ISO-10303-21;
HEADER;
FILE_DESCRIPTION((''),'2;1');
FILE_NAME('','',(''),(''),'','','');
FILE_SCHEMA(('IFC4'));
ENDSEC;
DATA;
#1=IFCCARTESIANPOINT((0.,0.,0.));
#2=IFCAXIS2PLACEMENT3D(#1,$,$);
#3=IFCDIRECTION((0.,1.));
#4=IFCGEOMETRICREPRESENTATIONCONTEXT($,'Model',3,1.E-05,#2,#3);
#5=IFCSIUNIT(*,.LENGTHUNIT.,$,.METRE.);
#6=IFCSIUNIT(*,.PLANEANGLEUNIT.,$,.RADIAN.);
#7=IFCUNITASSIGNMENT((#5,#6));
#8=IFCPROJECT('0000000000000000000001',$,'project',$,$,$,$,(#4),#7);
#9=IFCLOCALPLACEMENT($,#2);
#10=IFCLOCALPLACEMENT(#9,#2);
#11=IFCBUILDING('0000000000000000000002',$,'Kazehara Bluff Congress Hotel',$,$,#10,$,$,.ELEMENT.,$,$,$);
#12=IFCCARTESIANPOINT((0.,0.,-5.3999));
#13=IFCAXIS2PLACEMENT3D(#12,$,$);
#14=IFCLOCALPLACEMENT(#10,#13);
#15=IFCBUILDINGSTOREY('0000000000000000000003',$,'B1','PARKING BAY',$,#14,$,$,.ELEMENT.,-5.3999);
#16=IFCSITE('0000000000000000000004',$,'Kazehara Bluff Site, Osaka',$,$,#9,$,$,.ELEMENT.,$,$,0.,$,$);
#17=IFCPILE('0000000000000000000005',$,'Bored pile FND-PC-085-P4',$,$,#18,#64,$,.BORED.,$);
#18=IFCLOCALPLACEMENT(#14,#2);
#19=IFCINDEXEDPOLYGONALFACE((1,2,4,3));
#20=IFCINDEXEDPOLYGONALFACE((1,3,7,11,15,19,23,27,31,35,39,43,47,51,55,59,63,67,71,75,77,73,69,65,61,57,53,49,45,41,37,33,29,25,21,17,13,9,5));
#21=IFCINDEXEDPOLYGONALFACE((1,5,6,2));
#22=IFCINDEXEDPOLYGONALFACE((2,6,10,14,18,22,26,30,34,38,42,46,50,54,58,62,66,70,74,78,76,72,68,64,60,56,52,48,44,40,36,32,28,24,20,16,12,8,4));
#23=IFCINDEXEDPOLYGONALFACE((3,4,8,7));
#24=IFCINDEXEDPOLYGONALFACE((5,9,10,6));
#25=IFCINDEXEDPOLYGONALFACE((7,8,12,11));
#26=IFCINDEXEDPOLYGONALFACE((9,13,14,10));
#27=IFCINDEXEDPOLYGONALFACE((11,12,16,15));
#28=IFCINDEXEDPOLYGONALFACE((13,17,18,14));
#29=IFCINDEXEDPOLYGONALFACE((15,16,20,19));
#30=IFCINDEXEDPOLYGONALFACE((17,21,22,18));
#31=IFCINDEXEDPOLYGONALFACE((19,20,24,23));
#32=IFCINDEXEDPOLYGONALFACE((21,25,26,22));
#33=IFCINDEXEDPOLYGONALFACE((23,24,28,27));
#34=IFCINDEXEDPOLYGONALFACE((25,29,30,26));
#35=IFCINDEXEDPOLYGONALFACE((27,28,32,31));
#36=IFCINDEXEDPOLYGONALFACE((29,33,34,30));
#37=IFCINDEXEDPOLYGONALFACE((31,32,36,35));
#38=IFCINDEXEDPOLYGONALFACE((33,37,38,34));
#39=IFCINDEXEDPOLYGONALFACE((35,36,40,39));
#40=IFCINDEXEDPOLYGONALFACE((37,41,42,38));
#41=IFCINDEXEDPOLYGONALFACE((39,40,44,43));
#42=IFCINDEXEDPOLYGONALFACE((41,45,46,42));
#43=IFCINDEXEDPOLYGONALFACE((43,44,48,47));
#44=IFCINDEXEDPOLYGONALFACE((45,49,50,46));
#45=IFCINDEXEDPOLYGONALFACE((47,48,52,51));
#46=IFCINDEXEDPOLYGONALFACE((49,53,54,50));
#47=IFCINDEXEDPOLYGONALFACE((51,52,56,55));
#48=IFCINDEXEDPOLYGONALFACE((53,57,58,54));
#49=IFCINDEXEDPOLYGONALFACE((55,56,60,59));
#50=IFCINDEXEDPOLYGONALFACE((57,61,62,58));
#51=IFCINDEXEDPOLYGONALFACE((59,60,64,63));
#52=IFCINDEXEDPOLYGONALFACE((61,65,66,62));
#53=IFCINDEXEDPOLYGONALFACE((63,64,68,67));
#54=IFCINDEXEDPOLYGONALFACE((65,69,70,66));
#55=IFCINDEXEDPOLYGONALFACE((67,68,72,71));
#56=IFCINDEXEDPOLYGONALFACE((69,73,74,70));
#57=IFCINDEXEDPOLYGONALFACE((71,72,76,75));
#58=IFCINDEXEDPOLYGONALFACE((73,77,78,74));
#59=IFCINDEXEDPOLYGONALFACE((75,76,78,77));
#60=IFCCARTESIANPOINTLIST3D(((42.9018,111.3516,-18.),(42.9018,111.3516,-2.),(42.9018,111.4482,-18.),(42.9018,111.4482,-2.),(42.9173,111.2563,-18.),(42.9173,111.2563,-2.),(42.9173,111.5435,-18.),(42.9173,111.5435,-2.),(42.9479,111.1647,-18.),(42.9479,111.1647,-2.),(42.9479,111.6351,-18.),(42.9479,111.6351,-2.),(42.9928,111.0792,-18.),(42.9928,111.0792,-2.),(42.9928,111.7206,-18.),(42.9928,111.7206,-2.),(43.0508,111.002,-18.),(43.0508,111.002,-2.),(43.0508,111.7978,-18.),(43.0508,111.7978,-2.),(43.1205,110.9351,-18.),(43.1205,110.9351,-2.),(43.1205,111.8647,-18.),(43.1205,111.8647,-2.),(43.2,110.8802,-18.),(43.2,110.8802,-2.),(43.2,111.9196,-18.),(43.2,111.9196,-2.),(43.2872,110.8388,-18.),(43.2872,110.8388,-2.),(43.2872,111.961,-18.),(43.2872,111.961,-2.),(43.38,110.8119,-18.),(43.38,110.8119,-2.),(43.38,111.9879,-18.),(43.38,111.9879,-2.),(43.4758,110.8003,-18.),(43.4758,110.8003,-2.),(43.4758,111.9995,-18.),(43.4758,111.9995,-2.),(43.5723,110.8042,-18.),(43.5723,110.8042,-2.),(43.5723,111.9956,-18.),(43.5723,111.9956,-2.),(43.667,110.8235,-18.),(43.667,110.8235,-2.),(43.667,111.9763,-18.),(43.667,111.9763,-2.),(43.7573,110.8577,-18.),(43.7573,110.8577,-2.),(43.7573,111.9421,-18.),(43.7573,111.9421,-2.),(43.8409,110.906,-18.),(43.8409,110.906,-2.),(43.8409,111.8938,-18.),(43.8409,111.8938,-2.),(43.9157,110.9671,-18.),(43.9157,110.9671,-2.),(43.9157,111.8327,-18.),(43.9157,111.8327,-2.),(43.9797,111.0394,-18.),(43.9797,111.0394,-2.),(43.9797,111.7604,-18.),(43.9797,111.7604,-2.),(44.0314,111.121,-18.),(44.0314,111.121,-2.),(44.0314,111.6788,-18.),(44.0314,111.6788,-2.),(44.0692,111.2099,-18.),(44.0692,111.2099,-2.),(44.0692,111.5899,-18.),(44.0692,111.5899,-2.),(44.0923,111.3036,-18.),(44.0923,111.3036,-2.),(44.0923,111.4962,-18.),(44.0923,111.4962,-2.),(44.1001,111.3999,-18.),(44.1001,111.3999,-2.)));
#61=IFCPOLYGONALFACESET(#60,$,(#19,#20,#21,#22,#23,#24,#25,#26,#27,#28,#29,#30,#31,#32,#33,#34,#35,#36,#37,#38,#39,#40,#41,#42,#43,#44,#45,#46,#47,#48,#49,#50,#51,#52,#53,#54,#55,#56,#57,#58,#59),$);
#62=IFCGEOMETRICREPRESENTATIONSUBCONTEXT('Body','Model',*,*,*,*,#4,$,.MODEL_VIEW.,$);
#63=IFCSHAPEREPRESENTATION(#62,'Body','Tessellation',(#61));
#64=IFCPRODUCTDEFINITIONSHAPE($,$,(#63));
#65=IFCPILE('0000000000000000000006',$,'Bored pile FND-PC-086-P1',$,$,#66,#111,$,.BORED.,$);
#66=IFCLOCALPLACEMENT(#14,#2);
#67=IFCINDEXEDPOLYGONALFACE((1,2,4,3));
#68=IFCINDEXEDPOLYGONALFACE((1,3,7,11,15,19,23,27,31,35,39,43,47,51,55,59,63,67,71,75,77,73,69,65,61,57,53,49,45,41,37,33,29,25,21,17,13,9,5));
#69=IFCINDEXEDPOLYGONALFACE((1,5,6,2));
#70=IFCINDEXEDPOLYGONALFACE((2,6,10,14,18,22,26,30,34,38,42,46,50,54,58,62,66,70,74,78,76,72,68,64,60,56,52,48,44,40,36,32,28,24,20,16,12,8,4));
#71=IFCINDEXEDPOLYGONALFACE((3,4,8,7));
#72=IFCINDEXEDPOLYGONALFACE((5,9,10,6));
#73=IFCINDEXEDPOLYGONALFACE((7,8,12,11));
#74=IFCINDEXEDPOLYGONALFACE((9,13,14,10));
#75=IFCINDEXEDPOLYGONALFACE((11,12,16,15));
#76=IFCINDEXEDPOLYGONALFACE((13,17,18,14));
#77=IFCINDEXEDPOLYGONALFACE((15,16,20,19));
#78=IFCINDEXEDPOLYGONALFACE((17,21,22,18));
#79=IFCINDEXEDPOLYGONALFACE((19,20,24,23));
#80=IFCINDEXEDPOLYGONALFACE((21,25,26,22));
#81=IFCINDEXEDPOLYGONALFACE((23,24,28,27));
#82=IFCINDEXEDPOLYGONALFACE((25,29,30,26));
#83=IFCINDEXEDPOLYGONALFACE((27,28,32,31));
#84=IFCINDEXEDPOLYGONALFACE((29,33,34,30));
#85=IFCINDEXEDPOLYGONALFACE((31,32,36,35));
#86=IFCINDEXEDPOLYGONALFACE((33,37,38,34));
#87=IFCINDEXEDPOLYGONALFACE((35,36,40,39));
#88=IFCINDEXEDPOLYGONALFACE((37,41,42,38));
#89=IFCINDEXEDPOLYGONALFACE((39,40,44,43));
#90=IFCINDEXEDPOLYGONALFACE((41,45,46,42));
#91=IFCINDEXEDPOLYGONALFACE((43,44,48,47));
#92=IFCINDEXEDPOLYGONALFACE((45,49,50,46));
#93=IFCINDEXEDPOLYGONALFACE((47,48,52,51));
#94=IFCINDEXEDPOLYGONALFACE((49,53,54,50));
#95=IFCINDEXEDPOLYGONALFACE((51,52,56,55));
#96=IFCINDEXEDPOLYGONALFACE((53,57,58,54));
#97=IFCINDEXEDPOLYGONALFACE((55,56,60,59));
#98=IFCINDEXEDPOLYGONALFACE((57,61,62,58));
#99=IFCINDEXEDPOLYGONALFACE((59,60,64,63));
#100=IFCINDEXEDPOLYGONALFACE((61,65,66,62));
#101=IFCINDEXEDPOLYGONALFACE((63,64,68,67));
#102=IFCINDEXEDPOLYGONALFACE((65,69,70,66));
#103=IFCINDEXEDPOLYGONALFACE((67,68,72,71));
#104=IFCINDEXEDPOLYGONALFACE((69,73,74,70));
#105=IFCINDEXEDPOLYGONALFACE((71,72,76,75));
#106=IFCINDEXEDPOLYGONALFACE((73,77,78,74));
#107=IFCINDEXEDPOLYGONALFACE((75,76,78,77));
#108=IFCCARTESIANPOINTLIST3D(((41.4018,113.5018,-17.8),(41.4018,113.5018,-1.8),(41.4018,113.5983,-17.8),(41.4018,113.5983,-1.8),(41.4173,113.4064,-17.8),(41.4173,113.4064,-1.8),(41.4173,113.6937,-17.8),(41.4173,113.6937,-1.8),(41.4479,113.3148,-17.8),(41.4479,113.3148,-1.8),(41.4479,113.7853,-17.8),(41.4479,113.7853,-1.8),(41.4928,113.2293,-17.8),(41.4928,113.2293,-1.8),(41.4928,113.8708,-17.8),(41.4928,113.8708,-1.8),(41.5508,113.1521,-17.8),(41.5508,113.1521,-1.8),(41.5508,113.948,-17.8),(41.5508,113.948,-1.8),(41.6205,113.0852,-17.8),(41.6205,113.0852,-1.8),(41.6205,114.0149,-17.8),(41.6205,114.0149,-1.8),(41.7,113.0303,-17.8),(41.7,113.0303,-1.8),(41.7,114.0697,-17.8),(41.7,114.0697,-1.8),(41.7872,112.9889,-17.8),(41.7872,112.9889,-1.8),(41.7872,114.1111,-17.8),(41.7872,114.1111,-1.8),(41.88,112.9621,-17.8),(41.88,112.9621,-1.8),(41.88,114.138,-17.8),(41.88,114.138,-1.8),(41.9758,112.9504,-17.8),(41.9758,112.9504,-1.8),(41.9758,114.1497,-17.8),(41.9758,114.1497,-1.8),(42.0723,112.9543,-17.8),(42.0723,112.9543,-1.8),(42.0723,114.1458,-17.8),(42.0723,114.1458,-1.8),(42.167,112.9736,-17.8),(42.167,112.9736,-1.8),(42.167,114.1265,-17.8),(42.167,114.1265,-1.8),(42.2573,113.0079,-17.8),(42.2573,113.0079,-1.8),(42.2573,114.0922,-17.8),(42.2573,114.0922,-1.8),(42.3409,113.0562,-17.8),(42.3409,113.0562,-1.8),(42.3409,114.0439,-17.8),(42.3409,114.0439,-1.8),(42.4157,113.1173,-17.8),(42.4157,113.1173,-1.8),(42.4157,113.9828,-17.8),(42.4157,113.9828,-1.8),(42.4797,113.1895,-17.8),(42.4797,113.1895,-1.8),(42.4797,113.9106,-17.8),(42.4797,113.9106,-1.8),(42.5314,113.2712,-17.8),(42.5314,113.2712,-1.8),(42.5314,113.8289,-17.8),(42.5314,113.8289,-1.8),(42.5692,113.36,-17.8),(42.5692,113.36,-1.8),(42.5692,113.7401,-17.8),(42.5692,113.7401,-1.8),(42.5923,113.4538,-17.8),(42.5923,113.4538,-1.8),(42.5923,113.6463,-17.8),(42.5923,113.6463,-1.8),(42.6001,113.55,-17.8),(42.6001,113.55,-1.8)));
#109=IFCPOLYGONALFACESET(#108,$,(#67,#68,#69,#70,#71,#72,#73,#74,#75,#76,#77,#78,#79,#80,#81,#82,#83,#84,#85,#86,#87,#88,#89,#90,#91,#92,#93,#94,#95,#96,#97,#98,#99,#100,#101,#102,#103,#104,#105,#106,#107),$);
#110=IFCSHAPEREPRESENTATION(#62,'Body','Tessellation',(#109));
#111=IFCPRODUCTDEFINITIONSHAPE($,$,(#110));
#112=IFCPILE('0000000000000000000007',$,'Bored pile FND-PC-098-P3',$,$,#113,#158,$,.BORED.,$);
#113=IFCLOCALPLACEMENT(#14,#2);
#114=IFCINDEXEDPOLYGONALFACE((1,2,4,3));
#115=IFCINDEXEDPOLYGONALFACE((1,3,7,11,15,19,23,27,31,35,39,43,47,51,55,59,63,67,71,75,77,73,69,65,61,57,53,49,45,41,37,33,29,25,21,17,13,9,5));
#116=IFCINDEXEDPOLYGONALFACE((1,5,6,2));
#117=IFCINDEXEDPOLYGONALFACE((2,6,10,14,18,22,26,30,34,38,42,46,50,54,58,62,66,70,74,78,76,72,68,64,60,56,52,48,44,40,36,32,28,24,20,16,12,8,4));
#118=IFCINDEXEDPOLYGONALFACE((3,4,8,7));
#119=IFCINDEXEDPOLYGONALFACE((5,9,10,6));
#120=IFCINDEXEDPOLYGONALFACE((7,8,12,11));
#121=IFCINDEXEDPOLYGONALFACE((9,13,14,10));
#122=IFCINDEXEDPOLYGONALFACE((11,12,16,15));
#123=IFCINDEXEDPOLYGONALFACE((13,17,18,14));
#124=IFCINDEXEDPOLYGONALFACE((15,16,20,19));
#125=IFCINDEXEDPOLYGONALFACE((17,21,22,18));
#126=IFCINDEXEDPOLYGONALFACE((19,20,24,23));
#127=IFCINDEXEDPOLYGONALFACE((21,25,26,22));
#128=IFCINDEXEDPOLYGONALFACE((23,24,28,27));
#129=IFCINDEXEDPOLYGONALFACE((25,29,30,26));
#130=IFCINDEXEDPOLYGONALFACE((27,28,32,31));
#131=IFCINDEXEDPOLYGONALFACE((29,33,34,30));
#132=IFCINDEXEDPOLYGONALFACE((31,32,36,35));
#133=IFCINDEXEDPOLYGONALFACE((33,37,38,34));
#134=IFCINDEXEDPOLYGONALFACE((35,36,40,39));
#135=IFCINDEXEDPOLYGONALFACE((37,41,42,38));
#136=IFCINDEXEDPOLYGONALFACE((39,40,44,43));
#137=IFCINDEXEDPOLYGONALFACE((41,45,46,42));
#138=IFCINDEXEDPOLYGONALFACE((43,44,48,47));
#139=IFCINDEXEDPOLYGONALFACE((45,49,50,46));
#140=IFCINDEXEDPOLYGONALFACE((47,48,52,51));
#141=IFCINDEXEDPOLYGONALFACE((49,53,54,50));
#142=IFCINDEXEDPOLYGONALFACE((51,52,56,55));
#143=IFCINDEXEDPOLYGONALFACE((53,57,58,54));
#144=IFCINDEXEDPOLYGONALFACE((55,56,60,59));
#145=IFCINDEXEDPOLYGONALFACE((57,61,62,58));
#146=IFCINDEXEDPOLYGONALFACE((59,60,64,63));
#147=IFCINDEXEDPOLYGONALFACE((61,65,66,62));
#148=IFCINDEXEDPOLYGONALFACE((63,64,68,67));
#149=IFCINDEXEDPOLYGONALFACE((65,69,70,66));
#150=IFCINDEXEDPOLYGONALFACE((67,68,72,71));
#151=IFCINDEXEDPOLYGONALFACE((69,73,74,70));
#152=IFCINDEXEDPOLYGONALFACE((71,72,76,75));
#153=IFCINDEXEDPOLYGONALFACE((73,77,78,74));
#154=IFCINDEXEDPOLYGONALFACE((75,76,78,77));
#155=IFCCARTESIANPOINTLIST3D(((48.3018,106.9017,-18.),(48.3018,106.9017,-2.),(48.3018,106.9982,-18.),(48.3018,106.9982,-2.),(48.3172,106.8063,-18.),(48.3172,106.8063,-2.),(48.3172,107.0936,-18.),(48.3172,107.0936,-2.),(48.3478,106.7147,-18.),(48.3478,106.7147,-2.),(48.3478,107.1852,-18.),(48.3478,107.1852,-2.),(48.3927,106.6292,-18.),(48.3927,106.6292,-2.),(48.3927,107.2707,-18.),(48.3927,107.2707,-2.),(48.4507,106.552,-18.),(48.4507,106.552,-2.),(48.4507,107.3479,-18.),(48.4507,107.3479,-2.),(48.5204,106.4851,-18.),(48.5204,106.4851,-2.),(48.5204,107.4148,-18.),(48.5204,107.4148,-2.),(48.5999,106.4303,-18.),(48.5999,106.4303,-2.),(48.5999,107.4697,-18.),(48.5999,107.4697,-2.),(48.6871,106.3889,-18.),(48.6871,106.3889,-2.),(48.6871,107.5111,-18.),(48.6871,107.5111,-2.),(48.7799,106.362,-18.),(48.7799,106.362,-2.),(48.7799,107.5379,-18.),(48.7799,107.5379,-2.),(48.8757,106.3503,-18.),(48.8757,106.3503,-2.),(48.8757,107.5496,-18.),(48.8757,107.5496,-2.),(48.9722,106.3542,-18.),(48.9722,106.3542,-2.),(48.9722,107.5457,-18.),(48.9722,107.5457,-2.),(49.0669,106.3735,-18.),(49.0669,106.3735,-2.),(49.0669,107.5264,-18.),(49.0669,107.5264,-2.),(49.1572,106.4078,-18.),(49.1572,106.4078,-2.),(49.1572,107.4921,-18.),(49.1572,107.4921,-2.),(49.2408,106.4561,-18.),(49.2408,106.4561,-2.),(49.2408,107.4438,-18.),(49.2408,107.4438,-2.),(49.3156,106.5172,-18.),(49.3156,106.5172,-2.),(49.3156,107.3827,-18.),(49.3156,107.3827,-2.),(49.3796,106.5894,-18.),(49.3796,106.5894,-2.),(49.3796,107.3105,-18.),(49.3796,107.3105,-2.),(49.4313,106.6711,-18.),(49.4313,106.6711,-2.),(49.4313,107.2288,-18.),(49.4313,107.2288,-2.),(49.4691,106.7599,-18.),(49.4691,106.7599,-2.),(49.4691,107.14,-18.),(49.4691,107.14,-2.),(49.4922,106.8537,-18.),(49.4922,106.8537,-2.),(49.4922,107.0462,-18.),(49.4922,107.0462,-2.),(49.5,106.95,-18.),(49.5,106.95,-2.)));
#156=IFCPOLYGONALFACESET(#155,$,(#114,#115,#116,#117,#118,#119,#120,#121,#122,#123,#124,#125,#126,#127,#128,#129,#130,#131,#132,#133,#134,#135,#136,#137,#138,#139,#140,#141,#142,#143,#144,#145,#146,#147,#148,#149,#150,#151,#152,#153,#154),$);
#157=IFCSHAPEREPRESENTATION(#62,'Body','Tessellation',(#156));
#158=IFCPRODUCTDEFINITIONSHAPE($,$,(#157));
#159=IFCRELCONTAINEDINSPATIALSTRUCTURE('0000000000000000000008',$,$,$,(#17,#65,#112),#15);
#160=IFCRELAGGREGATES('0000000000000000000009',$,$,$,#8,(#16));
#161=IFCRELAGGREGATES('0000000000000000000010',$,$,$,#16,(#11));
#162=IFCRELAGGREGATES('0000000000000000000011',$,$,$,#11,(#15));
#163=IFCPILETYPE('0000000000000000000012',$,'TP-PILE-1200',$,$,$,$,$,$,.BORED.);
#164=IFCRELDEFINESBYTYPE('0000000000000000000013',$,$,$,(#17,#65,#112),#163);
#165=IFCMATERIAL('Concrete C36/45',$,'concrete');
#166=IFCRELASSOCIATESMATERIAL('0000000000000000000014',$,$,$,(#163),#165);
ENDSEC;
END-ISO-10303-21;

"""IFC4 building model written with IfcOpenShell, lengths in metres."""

from ifc_helpers import new_model, si_unit, direction, frame, origin, origin_2d, place, context, subcontext, project, spatial, circle, extrude, material, material_profile, profile_set, type_object, element, save


model = new_model("IFC4")

# Units and contexts
model_context = context("Model", 3, precision=1e-05, world=origin(), true_north=direction((0.0, 1.0)))
body_context = subcontext(model_context, "Body", "Model", "MODEL_VIEW")
ifc_project = project(units=[si_unit("LENGTHUNIT", "METRE"), si_unit("PLANEANGLEUNIT", "RADIAN")], contexts=[model_context])

# Site, building, storey
site_placement = place(None, origin())
site = spatial("IfcSite", under=ifc_project, at=site_placement, Name="Kazehara Bluff Site, Osaka", CompositionType="ELEMENT", RefElevation=0.0)
building_placement = place(site_placement, origin())
building = spatial("IfcBuilding", under=site, at=building_placement, Name="Kazehara Bluff Congress Hotel", CompositionType="ELEMENT")
storey_placement = place(building_placement, frame((0.0, 0.0, -5.3999)))
storey = spatial("IfcBuildingStorey", under=building, at=storey_placement, Name="B1", Description="PARKING BAY", CompositionType="ELEMENT", Elevation=-5.3999)

# Piles
ifc_material_1 = material(Name="Concrete C36/45", Category="concrete")
ifc_material_profile_1 = material_profile(ifc_material_1, circle(Radius=0.6001, at=origin_2d()))
ifc_profile_set_1 = profile_set([ifc_material_profile_1], Name="Concrete C36/45")
pile_type = type_object("IfcPileType", Name="TP-PILE-1200", PredefinedType="BORED", material=ifc_profile_set_1)
for number, where, z_axis, x_axis, name in (
    (1, (43.5, 111.3999, -2.0), (0.0, 0.0, -1.0), (1.0, 0.0, 0.0), "Bored pile FND-PC-085-P4"),
    (2, (42.0, 113.55, -1.8), (0.0, 0.0, -1.0), (1.0, 0.0, 0.0), "Bored pile FND-PC-086-P1"),
    (3, (48.8999, 106.95, -2.0), (0.0, 0.0, -1.0), (1.0, 0.0, 0.0), "Bored pile FND-PC-098-P3"),
):
    element("IfcPile", number, at=place(storey_placement, frame(where, z_axis=z_axis, x_axis=x_axis)), inside=storey, type_object=pile_type, Name=name, PredefinedType="BORED", context=body_context, shape_type="SweptSolid", body=[
        extrude(circle(Radius=0.6001, at=origin_2d()), origin(), (0.0, 0.0, 1.0), 16.0),
    ])

save(model, "model.ifc")
